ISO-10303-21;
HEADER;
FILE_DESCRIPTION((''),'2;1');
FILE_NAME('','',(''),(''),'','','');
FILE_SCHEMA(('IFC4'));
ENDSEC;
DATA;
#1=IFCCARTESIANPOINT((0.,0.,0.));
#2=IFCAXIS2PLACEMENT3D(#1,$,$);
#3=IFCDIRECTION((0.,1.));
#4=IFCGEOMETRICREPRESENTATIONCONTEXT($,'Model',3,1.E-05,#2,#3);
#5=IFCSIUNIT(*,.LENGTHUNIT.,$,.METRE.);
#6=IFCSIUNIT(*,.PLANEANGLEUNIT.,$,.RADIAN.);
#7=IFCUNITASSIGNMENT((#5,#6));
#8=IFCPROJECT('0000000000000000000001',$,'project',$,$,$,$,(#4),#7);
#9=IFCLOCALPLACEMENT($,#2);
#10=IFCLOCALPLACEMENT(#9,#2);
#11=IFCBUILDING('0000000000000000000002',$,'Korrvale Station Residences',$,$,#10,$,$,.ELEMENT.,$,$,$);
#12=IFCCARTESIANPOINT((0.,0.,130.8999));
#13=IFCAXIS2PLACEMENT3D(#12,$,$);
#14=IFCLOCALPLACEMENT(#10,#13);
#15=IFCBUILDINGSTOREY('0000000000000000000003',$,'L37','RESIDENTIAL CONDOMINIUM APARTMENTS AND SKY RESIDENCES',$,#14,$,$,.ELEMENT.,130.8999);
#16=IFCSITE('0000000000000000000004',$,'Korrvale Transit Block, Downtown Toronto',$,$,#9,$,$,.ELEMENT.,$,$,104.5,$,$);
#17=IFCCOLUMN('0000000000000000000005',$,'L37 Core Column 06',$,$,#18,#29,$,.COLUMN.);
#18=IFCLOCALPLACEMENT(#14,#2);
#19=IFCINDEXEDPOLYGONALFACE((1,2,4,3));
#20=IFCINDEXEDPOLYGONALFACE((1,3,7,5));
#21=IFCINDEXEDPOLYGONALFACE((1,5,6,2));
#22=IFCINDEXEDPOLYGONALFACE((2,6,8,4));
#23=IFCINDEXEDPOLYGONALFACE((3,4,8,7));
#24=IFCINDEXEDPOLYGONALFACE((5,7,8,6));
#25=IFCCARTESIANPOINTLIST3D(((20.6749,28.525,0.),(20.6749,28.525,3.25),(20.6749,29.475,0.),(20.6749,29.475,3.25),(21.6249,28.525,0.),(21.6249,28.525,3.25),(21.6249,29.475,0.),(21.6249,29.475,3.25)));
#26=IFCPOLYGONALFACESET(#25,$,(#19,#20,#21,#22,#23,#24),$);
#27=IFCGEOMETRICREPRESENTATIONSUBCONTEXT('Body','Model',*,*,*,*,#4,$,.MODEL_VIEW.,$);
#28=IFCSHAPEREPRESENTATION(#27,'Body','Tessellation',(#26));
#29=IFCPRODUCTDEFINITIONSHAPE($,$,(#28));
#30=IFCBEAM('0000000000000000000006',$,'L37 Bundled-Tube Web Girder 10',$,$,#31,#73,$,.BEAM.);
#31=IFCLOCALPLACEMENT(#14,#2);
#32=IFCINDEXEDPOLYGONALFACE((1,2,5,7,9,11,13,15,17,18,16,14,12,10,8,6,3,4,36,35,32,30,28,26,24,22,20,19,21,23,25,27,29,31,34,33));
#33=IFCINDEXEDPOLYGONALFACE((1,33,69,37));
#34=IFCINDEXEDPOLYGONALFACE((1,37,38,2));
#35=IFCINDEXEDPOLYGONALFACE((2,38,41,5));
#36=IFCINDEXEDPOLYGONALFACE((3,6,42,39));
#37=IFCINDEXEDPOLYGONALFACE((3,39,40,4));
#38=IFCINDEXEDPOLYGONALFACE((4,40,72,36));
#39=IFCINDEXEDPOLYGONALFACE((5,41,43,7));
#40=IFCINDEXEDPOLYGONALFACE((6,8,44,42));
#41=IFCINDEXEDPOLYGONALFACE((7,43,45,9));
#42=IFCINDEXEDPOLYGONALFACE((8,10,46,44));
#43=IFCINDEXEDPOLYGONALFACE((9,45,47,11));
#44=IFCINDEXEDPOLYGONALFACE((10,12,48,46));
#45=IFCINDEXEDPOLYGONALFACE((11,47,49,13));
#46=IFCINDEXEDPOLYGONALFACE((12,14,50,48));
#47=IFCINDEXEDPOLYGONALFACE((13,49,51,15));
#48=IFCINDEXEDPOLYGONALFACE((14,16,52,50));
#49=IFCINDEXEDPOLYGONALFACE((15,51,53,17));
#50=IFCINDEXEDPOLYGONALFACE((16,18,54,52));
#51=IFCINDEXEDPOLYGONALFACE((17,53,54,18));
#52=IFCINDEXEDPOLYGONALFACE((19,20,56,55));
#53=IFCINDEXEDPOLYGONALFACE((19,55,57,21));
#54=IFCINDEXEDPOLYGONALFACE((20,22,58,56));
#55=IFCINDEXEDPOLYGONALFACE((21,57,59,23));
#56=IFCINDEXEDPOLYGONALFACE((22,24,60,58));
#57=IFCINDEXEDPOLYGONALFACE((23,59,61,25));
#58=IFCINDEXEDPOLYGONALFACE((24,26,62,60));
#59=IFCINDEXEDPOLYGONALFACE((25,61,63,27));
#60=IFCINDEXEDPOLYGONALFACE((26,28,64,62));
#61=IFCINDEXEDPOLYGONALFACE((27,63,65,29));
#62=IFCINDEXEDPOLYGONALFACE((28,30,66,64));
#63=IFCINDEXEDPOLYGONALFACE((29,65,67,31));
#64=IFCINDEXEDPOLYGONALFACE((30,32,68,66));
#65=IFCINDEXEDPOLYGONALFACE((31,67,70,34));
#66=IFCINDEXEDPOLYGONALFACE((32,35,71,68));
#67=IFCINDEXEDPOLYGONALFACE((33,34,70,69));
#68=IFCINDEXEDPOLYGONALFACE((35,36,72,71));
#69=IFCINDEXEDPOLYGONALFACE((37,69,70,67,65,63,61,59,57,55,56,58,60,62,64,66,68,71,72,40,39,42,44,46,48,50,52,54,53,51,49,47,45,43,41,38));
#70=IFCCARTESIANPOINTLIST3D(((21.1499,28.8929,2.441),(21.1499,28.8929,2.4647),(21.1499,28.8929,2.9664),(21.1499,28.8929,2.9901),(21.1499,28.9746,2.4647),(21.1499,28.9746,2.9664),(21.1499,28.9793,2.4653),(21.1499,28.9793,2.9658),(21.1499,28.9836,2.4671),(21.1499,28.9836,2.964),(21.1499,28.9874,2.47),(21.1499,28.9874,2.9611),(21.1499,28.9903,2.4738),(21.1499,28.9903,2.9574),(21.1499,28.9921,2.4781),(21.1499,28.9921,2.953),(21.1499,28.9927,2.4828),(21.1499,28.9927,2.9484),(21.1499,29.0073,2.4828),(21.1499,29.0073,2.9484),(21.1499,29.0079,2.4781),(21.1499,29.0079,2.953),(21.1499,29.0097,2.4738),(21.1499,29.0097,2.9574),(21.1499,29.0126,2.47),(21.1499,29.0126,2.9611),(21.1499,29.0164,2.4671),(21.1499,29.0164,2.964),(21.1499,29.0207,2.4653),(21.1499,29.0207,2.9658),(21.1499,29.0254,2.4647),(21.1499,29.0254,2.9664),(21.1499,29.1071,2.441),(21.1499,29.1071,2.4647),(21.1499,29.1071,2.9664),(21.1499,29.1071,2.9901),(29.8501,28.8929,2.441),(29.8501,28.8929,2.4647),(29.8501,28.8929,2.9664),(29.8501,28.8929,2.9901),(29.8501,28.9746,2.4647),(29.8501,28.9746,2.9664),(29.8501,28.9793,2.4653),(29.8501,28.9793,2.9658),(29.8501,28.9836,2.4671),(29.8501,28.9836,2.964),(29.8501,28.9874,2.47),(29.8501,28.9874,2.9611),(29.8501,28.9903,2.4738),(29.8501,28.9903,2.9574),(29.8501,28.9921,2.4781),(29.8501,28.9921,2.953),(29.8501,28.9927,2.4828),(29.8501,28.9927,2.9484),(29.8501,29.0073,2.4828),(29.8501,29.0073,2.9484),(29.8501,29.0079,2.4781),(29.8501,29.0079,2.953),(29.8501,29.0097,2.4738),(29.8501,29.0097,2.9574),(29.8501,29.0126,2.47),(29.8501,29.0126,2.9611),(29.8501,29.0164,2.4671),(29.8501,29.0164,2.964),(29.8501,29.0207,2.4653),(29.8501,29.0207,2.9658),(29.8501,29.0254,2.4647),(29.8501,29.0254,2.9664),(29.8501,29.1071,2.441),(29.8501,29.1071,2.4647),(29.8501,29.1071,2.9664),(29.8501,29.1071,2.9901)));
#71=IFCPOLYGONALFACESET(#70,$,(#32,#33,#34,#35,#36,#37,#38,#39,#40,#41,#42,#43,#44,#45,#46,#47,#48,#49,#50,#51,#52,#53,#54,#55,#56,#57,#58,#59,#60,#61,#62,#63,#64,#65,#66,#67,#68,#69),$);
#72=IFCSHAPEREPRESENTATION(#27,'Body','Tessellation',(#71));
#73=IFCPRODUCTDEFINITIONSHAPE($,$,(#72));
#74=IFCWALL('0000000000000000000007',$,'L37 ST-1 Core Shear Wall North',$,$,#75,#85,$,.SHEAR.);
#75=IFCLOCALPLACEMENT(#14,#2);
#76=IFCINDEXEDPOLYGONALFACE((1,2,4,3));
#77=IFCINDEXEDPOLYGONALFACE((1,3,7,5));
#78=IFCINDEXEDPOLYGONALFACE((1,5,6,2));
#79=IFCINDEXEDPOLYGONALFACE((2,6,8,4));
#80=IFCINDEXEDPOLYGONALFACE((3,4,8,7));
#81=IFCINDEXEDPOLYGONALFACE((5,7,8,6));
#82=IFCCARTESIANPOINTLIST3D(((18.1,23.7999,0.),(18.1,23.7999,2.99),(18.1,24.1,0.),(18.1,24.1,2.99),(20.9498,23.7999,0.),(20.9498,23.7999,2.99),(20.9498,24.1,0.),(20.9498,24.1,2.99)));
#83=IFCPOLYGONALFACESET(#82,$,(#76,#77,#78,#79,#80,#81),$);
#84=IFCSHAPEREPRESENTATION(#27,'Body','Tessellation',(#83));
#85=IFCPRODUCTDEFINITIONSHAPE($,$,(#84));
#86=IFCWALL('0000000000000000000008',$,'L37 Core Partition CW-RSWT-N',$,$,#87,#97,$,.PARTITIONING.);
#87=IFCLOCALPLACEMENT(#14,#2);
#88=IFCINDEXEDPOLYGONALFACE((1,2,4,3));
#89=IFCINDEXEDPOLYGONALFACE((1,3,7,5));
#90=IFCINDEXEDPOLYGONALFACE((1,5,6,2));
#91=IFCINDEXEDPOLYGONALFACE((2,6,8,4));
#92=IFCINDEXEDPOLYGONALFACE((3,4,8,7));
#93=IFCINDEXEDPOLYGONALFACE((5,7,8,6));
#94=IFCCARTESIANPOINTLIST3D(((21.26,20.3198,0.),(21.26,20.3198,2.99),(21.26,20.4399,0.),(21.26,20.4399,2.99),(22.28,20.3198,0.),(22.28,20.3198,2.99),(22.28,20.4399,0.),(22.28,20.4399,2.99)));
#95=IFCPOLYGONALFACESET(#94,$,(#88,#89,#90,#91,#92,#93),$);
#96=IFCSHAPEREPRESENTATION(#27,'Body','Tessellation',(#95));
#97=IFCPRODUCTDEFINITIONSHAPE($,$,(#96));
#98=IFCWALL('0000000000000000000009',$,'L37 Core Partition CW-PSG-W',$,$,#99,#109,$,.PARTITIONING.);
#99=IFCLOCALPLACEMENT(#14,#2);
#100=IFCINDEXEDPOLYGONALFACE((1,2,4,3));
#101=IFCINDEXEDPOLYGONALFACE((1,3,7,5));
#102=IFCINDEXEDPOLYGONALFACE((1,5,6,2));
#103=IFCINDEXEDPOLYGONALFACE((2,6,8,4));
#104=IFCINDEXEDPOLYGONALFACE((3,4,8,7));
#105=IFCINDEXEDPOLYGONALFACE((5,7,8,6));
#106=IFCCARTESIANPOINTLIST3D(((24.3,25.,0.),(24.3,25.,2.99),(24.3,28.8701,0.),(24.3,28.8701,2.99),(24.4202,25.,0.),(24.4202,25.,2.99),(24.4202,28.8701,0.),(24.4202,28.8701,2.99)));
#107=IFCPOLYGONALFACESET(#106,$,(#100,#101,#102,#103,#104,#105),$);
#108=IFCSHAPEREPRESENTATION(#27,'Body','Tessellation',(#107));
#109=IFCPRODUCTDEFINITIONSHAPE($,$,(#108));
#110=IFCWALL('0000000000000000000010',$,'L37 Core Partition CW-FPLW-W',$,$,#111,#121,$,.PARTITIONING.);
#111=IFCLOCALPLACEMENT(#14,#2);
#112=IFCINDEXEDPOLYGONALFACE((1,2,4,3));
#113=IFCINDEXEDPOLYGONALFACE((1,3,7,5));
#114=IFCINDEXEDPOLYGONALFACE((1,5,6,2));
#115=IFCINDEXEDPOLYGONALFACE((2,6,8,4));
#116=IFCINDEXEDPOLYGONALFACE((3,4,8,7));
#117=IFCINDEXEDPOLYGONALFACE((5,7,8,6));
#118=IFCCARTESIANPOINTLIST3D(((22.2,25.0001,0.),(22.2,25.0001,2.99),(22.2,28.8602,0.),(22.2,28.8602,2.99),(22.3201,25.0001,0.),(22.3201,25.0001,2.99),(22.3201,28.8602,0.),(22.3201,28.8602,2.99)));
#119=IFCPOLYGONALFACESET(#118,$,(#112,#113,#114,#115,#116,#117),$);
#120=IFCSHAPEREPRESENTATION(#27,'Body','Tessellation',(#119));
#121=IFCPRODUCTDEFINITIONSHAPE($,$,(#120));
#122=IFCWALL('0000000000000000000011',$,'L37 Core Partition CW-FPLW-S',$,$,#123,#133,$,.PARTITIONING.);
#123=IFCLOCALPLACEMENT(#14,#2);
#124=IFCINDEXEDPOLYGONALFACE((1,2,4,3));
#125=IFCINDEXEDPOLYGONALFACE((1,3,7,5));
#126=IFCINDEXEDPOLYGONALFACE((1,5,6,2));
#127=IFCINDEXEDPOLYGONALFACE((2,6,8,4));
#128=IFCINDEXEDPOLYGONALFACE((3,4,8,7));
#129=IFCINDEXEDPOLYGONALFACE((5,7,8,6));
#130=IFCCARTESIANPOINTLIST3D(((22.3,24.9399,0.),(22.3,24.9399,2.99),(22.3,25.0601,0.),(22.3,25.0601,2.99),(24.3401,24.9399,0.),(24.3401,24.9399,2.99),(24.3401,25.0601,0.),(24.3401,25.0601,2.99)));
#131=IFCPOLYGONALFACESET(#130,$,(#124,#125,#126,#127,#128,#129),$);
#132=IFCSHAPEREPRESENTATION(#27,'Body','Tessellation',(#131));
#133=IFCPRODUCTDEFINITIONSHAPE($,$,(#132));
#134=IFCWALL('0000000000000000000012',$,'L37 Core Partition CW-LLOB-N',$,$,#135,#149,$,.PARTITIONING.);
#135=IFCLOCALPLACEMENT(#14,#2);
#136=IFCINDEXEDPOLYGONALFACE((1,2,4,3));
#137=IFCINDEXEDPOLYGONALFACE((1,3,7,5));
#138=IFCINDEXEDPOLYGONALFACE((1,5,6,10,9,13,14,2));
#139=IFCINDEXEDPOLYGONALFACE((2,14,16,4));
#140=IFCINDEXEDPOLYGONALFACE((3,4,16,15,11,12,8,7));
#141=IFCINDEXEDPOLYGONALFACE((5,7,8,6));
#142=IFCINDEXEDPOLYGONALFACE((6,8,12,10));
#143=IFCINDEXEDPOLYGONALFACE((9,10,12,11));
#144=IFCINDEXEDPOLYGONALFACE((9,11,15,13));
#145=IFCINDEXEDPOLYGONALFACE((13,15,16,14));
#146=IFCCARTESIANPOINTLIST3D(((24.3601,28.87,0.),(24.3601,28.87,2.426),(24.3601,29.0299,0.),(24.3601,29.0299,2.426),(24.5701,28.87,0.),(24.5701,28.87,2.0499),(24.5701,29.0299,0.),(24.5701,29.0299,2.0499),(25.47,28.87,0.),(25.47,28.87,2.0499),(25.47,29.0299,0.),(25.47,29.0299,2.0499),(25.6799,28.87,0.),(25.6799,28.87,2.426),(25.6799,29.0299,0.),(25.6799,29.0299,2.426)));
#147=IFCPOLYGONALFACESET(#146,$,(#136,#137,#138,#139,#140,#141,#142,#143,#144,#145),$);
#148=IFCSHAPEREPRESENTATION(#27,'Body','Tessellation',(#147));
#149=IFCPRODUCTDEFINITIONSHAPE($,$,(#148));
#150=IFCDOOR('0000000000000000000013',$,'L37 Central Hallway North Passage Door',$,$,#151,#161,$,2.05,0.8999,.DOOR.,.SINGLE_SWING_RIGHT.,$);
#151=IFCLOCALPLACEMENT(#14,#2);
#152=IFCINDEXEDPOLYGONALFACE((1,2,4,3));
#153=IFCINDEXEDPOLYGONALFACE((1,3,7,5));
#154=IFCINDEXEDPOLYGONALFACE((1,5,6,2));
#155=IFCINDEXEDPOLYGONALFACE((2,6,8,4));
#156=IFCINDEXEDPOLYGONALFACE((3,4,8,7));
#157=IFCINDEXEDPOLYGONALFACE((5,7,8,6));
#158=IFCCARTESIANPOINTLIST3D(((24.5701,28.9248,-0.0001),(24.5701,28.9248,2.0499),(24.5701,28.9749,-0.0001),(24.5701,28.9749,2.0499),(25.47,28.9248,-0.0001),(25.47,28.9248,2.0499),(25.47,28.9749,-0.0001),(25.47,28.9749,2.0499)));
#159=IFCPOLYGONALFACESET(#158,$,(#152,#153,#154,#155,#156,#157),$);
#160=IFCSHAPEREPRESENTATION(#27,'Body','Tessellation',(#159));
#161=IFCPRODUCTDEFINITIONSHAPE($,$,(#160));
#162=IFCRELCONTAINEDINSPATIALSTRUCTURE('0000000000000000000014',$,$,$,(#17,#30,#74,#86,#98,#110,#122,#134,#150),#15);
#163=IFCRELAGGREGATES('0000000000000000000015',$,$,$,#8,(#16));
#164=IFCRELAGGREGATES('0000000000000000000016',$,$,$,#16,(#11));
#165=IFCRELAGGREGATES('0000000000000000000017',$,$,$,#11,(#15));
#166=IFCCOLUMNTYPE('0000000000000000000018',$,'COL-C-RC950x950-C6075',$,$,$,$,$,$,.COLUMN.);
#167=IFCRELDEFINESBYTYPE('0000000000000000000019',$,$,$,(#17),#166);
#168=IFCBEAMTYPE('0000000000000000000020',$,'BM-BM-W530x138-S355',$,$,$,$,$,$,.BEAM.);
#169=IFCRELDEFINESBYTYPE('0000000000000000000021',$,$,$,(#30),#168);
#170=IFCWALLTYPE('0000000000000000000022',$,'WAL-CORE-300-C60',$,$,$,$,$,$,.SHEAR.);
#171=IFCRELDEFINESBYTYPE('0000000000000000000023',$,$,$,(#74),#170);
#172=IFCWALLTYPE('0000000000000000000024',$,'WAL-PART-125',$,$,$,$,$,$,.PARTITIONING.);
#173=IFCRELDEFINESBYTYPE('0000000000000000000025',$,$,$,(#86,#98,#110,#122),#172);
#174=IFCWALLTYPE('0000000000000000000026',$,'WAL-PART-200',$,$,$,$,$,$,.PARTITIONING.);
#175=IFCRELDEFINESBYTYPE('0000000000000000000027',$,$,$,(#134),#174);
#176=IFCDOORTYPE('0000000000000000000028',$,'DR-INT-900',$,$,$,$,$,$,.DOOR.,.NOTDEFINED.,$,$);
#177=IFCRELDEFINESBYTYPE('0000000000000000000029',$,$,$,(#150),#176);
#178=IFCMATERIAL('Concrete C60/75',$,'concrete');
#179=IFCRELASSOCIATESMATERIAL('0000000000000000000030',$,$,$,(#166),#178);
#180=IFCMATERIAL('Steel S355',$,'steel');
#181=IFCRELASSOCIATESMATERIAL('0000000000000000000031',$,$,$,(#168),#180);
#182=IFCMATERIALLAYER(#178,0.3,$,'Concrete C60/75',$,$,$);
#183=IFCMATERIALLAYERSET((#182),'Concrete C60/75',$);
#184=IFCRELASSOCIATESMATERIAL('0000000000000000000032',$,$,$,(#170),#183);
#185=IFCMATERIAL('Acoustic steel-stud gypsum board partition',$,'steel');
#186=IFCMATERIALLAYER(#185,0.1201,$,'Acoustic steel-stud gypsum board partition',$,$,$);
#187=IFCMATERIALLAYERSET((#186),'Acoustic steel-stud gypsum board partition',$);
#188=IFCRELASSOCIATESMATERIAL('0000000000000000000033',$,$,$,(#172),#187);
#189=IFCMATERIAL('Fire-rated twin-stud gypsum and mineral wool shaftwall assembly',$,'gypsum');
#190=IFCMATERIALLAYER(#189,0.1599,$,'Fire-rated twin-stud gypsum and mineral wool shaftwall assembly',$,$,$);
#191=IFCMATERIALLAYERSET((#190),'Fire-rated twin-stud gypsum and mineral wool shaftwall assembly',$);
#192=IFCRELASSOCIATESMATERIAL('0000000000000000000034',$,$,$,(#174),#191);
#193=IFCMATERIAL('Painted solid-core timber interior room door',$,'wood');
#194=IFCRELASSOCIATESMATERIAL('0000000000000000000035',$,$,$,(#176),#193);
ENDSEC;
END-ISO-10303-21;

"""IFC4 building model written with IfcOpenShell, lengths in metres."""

from ifc_helpers import new_model, si_unit, direction, frame, frame_2d, origin, origin_2d, place, context, subcontext, project, spatial, rectangle, i_section, extrude, material, layer, layer_set, material_profile, profile_set, type_object, element, fill, save


model = new_model("IFC4")

# Units and contexts
model_context = context("Model", 3, precision=1e-05, world=origin(), true_north=direction((0.0, 1.0)))
body_context = subcontext(model_context, "Body", "Model", "MODEL_VIEW")
ifc_project = project(units=[si_unit("LENGTHUNIT", "METRE"), si_unit("PLANEANGLEUNIT", "RADIAN")], contexts=[model_context])

# Site, building, storey
site_placement = place(None, origin())
site = spatial("IfcSite", under=ifc_project, at=site_placement, Name="Korrvale Transit Block, Downtown Toronto", CompositionType="ELEMENT", RefElevation=104.5)
building_placement = place(site_placement, origin())
building = spatial("IfcBuilding", under=site, at=building_placement, Name="Korrvale Station Residences", CompositionType="ELEMENT")
storey_placement = place(building_placement, frame((0.0, 0.0, 130.8999)))
storey = spatial("IfcBuildingStorey", under=building, at=storey_placement, Name="L37", Description="RESIDENTIAL CONDOMINIUM APARTMENTS AND SKY RESIDENCES", CompositionType="ELEMENT", Elevation=130.8999)

# Column
ifc_material_1 = material(Name="Concrete C60/75", Category="concrete")
ifc_material_profile_1 = material_profile(ifc_material_1, rectangle(XDim=0.95, YDim=0.95, at=origin_2d()), Name="RC950x950")
ifc_profile_set_1 = profile_set([ifc_material_profile_1], Name="Concrete C60/75")
column_type = type_object("IfcColumnType", Name="COL-C-RC950x950-C6075", PredefinedType="COLUMN", material=ifc_profile_set_1)
column_placement = place(storey_placement, frame((21.1499, 29.0, 0.0), z_axis=(0.0, 0.0, 1.0), x_axis=(1.0, 0.0, 0.0)))
element("IfcColumn", 1, at=column_placement, inside=storey, type_object=column_type, Name="L37 Core Column 06", PredefinedType="COLUMN", context=body_context, shape_type="SweptSolid", body=[
    extrude(rectangle(XDim=0.95, YDim=0.95, at=origin_2d()), origin(), (0.0, 0.0, 1.0), 3.25),
])

# Beam
ifc_material_2 = material(Name="Steel S355", Category="steel")
ifc_material_profile_2 = material_profile(ifc_material_2, i_section(OverallWidth=0.2141, OverallDepth=0.5491, WebThickness=0.0146, FlangeThickness=0.0237, FilletRadius=0.0181, at=origin_2d()), Name="W530x138")
ifc_profile_set_2 = profile_set([ifc_material_profile_2], Name="Steel S355")
beam_type = type_object("IfcBeamType", Name="BM-BM-W530x138-S355", PredefinedType="BEAM", material=ifc_profile_set_2)
beam_placement = place(storey_placement, frame((21.1499, 29.0, 2.7156), z_axis=(1.0, 0.0, 0.0), x_axis=(0.0, 1.0, 0.0)))
element("IfcBeam", 2, at=beam_placement, inside=storey, type_object=beam_type, Name="L37 Bundled-Tube Web Girder 10", PredefinedType="BEAM", context=body_context, shape_type="SweptSolid", body=[
    extrude(i_section(OverallWidth=0.2141, OverallDepth=0.5491, WebThickness=0.0146, FlangeThickness=0.0237, FilletRadius=0.0181, at=origin_2d()), origin(), (0.0, 0.0, 1.0), 8.7002),
])

# Walls
ifc_layer_1 = layer(ifc_material_1, 0.3, Name="Concrete C60/75")
ifc_layer_set_1 = layer_set([ifc_layer_1], Name="Concrete C60/75")
wall_type_1 = type_object("IfcWallType", Name="WAL-CORE-300-C60", PredefinedType="SHEAR", material=ifc_layer_set_1)
wall_1_placement = place(storey_placement, frame((18.1001, 23.95, 0.0), z_axis=(0.0, 0.0, 1.0), x_axis=(1.0, 0.0, 0.0)))
element("IfcWall", 3, at=wall_1_placement, inside=storey, type_object=wall_type_1, Name="L37 ST-1 Core Shear Wall North", PredefinedType="SHEAR", context=body_context, shape_type="SweptSolid", body=[
    extrude(rectangle(XDim=2.8499, YDim=0.3, at=frame_2d((1.4248, 0.0))), origin(), (0.0, 0.0, 1.0), 2.99),
])
ifc_material_3 = material(Name="Acoustic steel-stud gypsum board partition", Category="steel")
ifc_layer_2 = layer(ifc_material_3, 0.1201, Name="Acoustic steel-stud gypsum board partition")
ifc_layer_set_2 = layer_set([ifc_layer_2], Name="Acoustic steel-stud gypsum board partition")
wall_type_2 = type_object("IfcWallType", Name="WAL-PART-125", PredefinedType="PARTITIONING", material=ifc_layer_set_2)
wall_2_placement = place(storey_placement, frame((22.28, 20.3799, 0.0), z_axis=(0.0, 0.0, 1.0), x_axis=(-1.0, 0.0, 0.0)))
element("IfcWall", 4, at=wall_2_placement, inside=storey, type_object=wall_type_2, Name="L37 Core Partition CW-RSWT-N", PredefinedType="PARTITIONING", context=body_context, shape_type="SweptSolid", body=[
    extrude(rectangle(XDim=1.02, YDim=0.1201, at=frame_2d((0.51, 0.0))), origin(), (0.0, 0.0, 1.0), 2.99),
])
wall_3_placement = place(storey_placement, frame((24.3601, 25.0, 0.0), z_axis=(0.0, 0.0, 1.0), x_axis=(0.0, 1.0, 0.0)))
element("IfcWall", 5, at=wall_3_placement, inside=storey, type_object=wall_type_2, Name="L37 Core Partition CW-PSG-W", PredefinedType="PARTITIONING", context=body_context, shape_type="SweptSolid", body=[
    extrude(rectangle(XDim=3.8701, YDim=0.1201, at=frame_2d((1.9351, 0.0))), origin(), (0.0, 0.0, 1.0), 2.99),
])
wall_4_placement = place(storey_placement, frame((22.26, 25.0, 0.0), z_axis=(0.0, 0.0, 1.0), x_axis=(0.0, 1.0, 0.0)))
element("IfcWall", 6, at=wall_4_placement, inside=storey, type_object=wall_type_2, Name="L37 Core Partition CW-FPLW-W", PredefinedType="PARTITIONING", context=body_context, shape_type="SweptSolid", body=[
    extrude(rectangle(XDim=3.8601, YDim=0.1201, at=frame_2d((1.9302, 0.0))), origin(), (0.0, 0.0, 1.0), 2.99),
])
wall_5_placement = place(storey_placement, frame((22.3, 25.0, 0.0), z_axis=(0.0, 0.0, 1.0), x_axis=(1.0, 0.0, 0.0)))
element("IfcWall", 7, at=wall_5_placement, inside=storey, type_object=wall_type_2, Name="L37 Core Partition CW-FPLW-S", PredefinedType="PARTITIONING", context=body_context, shape_type="SweptSolid", body=[
    extrude(rectangle(XDim=2.04, YDim=0.1201, at=frame_2d((1.02, 0.0))), origin(), (0.0, 0.0, 1.0), 2.99),
])

# Wall, opening, door
ifc_material_4 = material(Name="Fire-rated twin-stud gypsum and mineral wool shaftwall assembly", Category="gypsum")
ifc_layer_3 = layer(ifc_material_4, 0.1599, Name="Fire-rated twin-stud gypsum and mineral wool shaftwall assembly")
ifc_layer_set_3 = layer_set([ifc_layer_3], Name="Fire-rated twin-stud gypsum and mineral wool shaftwall assembly")
wall_type_3 = type_object("IfcWallType", Name="WAL-PART-200", PredefinedType="PARTITIONING", material=ifc_layer_set_3)
wall_6_placement = place(storey_placement, frame((24.3601, 28.95, 0.0), z_axis=(0.0, 0.0, 1.0), x_axis=(1.0, 0.0, 0.0)))
wall_6 = element("IfcWall", 8, at=wall_6_placement, inside=storey, type_object=wall_type_3, Name="L37 Core Partition CW-LLOB-N", PredefinedType="PARTITIONING", context=body_context, shape_type="SweptSolid", body=[
    extrude(rectangle(XDim=1.3198, YDim=0.1599, at=frame_2d((0.6599, 0.0))), origin(), (0.0, 0.0, 1.0), 2.426),
])
opening_1_placement = place(wall_6_placement, frame((0.21, 0.0, 0.0)))
opening_1 = element("IfcOpeningElement", 9, at=opening_1_placement, cuts=wall_6, PredefinedType="OPENING", context=body_context, shape_type="SweptSolid", body=[
    extrude(rectangle(XDim=0.8999, YDim=2.05, at=frame_2d((0.45, 1.0249))), frame((0.0, 0.0898, 0.0), z_axis=(0.0, -1.0, 0.0), x_axis=(1.0, 0.0, 0.0)), (0.0, 0.0, 1.0), 0.1799),
])
ifc_material_5 = material(Name="Painted solid-core timber interior room door", Category="wood")
door_type_1 = type_object("IfcDoorType", Name="DR-INT-900", OperationType="NOTDEFINED", PredefinedType="DOOR", material=ifc_material_5)
door_1_placement = place(opening_1_placement, origin())
door_1 = element("IfcDoor", 10, at=door_1_placement, inside=storey, type_object=door_type_1, Name="L37 Central Hallway North Passage Door", OperationType="SINGLE_SWING_RIGHT", OverallHeight=2.05, OverallWidth=0.8999, PredefinedType="DOOR", context=body_context, shape_type="SweptSolid", body=[
    extrude(rectangle(XDim=0.8999, YDim=2.05, at=frame_2d((0.45, 1.0249))), frame((0.0, 0.0249, 0.0), z_axis=(0.0, -1.0, 0.0), x_axis=(1.0, 0.0, 0.0)), (0.0, 0.0, 1.0), 0.05),
])
fill(opening_1, door_1)

save(model, "model.ifc")
